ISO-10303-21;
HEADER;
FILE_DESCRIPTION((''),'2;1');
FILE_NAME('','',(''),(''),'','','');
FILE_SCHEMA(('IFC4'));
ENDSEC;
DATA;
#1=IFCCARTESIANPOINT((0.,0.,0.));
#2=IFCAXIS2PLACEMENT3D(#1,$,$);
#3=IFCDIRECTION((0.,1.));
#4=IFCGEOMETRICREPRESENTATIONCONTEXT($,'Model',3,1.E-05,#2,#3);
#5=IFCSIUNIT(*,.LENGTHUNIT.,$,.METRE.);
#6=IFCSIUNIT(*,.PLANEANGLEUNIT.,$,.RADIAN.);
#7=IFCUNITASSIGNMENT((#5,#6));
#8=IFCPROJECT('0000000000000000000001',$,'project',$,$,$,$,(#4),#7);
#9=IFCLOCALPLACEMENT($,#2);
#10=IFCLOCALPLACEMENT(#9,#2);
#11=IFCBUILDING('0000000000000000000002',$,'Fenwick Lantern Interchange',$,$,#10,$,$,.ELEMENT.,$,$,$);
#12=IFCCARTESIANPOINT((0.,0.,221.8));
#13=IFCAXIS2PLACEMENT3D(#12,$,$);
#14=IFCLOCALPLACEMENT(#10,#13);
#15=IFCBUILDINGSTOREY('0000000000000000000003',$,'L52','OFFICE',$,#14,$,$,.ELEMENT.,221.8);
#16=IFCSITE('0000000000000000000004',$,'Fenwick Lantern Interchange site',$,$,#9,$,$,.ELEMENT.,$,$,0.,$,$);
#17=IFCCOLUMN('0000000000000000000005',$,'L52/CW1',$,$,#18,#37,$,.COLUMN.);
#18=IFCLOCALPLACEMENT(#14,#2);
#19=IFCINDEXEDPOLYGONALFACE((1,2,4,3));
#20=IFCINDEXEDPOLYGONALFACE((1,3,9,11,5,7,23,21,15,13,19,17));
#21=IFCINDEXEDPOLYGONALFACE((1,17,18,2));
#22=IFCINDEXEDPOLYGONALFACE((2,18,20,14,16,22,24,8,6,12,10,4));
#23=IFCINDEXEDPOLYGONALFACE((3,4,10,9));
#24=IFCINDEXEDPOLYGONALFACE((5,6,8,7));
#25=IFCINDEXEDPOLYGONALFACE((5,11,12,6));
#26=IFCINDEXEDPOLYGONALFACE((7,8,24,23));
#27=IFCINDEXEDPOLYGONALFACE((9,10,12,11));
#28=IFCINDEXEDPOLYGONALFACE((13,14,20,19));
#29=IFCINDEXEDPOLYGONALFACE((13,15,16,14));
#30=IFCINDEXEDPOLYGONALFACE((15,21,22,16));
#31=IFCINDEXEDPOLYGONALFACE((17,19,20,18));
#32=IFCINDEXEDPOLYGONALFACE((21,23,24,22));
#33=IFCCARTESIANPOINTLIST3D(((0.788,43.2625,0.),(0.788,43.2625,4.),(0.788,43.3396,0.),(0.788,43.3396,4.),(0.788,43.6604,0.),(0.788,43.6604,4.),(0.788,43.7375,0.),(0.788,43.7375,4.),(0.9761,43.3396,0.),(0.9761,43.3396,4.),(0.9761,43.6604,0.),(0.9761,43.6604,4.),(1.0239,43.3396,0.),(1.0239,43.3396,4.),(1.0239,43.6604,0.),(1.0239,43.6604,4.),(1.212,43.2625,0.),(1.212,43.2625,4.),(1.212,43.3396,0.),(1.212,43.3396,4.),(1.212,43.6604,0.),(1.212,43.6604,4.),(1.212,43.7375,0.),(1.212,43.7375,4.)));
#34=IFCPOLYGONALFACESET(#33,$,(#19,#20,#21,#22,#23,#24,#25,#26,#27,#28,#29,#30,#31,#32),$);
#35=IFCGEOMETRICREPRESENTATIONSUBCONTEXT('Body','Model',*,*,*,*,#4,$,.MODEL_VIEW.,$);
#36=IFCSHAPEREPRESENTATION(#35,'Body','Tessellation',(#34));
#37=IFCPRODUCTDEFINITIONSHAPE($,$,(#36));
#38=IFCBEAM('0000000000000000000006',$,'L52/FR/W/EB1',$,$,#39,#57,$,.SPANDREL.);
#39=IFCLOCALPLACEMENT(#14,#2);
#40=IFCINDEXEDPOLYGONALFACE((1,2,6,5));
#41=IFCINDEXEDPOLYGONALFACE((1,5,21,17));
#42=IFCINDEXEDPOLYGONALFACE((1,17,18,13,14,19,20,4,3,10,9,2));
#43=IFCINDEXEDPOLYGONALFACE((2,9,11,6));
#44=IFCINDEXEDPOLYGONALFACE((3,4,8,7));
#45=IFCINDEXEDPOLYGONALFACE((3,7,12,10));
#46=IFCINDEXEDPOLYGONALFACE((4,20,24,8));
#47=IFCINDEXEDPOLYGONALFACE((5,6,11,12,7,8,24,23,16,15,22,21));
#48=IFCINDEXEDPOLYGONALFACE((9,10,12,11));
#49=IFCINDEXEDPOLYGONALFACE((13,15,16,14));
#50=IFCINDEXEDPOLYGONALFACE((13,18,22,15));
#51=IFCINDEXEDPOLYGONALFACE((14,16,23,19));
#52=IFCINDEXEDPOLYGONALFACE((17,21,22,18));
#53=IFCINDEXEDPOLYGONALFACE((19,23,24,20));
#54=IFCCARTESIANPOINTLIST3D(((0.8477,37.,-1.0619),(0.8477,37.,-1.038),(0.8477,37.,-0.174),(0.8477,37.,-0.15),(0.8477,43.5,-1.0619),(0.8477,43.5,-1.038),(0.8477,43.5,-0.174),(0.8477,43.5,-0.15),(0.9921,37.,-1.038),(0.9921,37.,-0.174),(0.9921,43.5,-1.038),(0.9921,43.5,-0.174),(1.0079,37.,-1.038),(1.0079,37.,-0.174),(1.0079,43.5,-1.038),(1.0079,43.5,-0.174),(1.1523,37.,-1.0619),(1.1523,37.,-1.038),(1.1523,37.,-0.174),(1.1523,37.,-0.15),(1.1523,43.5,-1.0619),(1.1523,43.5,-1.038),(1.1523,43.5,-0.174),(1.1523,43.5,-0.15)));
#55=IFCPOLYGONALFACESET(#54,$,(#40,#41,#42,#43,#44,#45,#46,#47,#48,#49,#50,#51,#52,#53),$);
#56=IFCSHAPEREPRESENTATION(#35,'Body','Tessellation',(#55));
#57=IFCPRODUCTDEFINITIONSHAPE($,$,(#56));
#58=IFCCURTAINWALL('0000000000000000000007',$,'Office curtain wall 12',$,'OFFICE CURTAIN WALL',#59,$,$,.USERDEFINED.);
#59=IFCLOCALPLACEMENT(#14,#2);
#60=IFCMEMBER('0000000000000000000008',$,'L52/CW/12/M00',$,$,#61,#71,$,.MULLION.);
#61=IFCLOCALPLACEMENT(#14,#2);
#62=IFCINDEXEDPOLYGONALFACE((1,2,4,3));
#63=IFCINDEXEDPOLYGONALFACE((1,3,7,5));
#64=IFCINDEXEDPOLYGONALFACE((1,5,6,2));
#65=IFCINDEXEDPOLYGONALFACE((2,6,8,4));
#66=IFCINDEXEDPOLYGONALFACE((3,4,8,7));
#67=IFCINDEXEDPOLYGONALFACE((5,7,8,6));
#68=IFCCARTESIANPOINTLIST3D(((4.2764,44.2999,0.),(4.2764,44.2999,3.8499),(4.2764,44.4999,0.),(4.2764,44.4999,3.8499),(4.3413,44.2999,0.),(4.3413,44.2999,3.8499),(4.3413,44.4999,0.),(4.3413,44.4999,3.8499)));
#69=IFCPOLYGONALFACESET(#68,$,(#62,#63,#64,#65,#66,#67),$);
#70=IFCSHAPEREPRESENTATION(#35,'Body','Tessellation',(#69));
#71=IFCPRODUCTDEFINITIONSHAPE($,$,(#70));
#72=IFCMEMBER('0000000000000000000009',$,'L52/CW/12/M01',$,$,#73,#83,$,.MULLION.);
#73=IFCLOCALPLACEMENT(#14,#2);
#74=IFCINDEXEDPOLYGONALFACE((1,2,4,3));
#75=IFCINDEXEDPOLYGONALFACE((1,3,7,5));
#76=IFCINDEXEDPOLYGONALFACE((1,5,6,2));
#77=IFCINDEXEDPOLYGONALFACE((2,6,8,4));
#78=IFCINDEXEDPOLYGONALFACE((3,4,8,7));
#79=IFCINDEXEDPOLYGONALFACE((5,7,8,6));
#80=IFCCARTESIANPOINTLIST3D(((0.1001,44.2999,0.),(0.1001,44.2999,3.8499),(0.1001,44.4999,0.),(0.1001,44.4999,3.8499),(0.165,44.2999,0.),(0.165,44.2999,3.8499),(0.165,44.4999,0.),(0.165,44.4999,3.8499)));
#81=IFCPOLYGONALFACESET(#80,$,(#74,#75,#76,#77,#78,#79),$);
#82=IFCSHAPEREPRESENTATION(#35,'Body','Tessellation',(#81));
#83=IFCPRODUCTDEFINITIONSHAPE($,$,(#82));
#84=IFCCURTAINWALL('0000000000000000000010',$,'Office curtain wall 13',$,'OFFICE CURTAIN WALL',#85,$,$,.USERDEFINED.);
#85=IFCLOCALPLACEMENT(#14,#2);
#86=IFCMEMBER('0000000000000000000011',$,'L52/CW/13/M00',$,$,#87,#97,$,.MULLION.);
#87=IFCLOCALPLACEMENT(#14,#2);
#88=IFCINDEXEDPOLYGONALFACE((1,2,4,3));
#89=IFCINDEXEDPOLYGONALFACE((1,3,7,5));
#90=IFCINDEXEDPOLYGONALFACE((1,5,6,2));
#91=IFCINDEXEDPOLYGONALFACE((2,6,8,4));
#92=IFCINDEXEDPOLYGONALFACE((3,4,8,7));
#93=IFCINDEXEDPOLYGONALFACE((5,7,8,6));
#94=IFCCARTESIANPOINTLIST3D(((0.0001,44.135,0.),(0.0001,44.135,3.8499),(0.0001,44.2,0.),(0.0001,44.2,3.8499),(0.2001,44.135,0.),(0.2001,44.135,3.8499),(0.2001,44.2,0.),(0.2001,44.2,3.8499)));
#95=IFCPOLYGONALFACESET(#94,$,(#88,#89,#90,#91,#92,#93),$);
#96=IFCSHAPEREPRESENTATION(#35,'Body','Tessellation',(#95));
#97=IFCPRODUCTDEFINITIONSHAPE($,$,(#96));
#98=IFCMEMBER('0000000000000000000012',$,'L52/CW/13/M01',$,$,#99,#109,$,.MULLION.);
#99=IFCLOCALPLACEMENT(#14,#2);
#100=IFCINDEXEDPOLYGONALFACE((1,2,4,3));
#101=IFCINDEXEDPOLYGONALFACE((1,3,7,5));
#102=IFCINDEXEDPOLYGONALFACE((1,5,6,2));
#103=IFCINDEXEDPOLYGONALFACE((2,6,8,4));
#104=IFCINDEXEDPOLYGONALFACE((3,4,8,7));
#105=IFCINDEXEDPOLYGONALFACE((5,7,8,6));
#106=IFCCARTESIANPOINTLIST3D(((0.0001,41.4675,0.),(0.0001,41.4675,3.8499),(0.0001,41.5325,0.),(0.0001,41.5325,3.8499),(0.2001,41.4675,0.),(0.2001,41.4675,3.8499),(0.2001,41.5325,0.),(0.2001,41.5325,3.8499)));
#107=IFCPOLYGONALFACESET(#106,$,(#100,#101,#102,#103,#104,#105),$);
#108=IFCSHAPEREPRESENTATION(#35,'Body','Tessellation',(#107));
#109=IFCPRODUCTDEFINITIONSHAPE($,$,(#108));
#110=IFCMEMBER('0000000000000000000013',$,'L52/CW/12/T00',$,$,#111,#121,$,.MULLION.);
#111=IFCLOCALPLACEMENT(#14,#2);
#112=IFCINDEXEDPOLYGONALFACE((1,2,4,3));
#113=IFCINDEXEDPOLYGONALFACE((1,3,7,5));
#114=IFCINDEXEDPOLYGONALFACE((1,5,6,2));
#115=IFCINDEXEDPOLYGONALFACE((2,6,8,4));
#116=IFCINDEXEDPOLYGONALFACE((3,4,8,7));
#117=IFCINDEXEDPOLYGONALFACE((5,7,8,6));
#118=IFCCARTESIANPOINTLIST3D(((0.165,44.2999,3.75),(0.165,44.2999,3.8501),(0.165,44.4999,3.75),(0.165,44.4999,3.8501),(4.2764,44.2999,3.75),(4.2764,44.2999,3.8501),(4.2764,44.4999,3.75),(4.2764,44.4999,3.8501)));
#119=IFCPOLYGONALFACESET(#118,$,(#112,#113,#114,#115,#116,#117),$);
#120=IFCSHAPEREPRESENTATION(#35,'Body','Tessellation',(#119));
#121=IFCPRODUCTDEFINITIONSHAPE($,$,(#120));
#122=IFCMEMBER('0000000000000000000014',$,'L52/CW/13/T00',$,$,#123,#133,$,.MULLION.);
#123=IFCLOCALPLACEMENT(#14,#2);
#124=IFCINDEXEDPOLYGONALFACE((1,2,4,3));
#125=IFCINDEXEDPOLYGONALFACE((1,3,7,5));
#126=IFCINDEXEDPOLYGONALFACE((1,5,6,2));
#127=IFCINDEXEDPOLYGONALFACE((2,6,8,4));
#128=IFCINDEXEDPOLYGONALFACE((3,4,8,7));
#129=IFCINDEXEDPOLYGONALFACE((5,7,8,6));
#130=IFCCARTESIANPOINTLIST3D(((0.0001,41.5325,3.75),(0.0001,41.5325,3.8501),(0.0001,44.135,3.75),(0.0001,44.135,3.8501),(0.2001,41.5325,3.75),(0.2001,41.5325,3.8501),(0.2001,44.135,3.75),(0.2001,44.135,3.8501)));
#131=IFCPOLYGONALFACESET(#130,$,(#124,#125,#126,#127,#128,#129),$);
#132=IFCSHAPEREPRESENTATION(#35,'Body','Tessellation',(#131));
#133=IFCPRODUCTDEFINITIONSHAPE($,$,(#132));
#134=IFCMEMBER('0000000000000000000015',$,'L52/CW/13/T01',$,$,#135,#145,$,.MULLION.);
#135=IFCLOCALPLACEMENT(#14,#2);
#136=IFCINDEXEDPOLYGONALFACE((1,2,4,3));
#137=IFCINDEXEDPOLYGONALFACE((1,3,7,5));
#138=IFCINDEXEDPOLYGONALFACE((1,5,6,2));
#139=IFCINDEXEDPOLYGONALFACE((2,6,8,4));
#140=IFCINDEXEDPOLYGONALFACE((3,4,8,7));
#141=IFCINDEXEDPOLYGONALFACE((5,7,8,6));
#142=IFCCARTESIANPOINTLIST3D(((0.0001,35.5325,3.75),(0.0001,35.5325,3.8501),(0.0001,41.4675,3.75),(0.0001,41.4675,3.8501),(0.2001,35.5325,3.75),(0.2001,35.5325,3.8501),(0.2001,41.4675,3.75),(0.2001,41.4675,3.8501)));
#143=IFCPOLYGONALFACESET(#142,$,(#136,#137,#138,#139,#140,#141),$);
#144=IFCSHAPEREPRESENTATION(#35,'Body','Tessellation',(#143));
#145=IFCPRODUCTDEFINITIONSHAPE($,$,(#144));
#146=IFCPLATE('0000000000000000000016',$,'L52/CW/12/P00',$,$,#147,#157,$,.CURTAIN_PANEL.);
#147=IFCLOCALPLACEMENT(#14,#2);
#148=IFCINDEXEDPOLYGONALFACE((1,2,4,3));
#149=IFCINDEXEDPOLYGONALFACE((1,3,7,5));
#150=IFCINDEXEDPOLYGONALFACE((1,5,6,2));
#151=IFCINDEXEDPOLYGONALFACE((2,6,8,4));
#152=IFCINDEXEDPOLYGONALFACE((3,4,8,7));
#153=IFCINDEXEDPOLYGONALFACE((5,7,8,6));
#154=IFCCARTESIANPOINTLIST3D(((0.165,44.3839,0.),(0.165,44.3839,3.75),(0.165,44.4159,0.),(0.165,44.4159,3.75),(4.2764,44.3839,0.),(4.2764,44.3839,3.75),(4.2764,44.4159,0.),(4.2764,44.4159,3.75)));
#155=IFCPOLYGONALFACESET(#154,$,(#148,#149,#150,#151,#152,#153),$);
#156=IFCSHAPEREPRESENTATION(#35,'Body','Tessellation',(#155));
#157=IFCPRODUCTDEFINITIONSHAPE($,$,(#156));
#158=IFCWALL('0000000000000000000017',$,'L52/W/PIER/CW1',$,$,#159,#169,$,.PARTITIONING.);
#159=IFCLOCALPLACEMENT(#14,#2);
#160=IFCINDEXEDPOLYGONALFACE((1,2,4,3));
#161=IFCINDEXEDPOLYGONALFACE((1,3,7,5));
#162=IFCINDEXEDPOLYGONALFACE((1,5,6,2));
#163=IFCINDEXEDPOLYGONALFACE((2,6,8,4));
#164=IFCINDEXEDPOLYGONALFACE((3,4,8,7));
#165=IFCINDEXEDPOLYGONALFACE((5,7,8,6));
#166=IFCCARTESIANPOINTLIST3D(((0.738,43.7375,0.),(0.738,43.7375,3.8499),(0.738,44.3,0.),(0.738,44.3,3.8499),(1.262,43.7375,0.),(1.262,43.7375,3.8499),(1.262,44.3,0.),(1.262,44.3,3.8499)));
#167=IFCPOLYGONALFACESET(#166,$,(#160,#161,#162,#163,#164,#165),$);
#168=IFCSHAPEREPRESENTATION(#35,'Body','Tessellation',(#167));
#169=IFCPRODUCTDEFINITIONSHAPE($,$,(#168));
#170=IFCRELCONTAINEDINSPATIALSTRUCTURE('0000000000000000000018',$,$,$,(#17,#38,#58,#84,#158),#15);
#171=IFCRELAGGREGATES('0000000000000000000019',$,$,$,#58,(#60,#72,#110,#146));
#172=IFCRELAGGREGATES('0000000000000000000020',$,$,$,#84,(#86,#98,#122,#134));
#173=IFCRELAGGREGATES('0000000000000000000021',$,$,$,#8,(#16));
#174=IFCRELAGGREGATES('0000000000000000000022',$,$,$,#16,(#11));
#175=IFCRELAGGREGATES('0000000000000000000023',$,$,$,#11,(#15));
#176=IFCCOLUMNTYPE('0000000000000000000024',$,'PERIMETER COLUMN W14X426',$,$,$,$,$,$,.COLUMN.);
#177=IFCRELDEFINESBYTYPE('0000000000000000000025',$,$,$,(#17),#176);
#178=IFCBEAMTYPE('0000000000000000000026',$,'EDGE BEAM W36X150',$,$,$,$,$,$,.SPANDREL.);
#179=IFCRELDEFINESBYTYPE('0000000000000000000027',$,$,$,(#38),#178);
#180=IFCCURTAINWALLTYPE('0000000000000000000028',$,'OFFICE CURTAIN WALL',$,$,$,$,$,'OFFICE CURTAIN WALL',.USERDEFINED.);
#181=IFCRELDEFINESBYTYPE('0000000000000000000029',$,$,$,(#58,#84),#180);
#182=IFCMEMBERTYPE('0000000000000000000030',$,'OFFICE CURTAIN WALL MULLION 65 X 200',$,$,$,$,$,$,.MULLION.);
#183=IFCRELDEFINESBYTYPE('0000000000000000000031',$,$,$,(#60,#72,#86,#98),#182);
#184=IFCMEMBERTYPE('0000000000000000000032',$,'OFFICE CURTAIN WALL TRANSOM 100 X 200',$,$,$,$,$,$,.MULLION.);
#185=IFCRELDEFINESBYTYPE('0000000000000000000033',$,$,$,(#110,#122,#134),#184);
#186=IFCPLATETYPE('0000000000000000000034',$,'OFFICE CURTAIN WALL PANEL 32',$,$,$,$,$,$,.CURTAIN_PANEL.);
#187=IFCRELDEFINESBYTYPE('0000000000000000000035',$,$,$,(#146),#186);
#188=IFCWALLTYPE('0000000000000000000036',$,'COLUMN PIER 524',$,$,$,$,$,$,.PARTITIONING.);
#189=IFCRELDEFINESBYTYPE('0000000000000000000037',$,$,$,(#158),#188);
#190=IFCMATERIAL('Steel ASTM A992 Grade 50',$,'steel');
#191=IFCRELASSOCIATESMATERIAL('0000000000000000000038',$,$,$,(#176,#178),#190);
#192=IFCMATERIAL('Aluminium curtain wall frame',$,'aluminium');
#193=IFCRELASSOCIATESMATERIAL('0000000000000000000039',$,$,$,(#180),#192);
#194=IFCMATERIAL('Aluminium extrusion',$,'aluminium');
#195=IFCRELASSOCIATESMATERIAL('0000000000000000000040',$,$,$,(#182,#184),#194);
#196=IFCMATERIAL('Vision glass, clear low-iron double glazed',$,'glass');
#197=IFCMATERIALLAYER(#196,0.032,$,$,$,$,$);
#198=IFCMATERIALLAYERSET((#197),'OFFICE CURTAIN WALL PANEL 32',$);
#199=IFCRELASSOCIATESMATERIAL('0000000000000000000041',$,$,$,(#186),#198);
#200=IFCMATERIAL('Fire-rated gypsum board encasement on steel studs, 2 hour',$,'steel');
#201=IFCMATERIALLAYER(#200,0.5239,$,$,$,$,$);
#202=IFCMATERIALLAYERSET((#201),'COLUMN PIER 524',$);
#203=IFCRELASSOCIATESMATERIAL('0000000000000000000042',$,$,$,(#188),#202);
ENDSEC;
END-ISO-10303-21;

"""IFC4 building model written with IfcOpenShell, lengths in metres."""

from ifc_helpers import new_model, si_unit, direction, frame, frame_2d, origin, origin_2d, place, context, subcontext, project, spatial, rectangle, i_section, extrude, material, layer, layer_set, material_profile, profile_set, type_object, element, aggregate, save


model = new_model("IFC4")

# Units and contexts
model_context = context("Model", 3, precision=1e-05, world=origin(), true_north=direction((0.0, 1.0)))
body_context = subcontext(model_context, "Body", "Model", "MODEL_VIEW")
ifc_project = project(units=[si_unit("LENGTHUNIT", "METRE"), si_unit("PLANEANGLEUNIT", "RADIAN")], contexts=[model_context])

# Site, building, storey
site_placement = place(None, origin())
site = spatial("IfcSite", under=ifc_project, at=site_placement, Name="Fenwick Lantern Interchange site", CompositionType="ELEMENT", RefElevation=0.0)
building_placement = place(site_placement, origin())
building = spatial("IfcBuilding", under=site, at=building_placement, Name="Fenwick Lantern Interchange", CompositionType="ELEMENT")
storey_placement = place(building_placement, frame((0.0, 0.0, 221.8)))
storey = spatial("IfcBuildingStorey", under=building, at=storey_placement, Name="L52", Description="OFFICE", CompositionType="ELEMENT", Elevation=221.8)

# Column
ifc_material_1 = material(Name="Steel ASTM A992 Grade 50", Category="steel")
ifc_material_profile_1 = material_profile(ifc_material_1, i_section(OverallWidth=0.4241, OverallDepth=0.4751, WebThickness=0.0479, FlangeThickness=0.0771, at=origin_2d()), Name="W14X426")
ifc_profile_set_1 = profile_set([ifc_material_profile_1], Name="Steel ASTM A992 Grade 50")
column_type = type_object("IfcColumnType", Name="PERIMETER COLUMN W14X426", PredefinedType="COLUMN", material=ifc_profile_set_1)
column_placement = place(storey_placement, frame((1.0, 43.5, 0.0), z_axis=(0.0, 0.0, 1.0), x_axis=(1.0, 0.0, 0.0)))
element("IfcColumn", 1, at=column_placement, inside=storey, type_object=column_type, Name="L52/CW1", PredefinedType="COLUMN", context=body_context, shape_type="SweptSolid", body=[
    extrude(i_section(OverallWidth=0.4241, OverallDepth=0.4751, WebThickness=0.0479, FlangeThickness=0.0771, at=origin_2d()), origin(), (0.0, 0.0, 1.0), 4.0),
])

# Beam
ifc_material_profile_2 = material_profile(ifc_material_1, i_section(OverallWidth=0.3047, OverallDepth=0.9119, WebThickness=0.0159, FlangeThickness=0.0239, at=origin_2d()), Name="W36X150")
ifc_profile_set_2 = profile_set([ifc_material_profile_2], Name="Steel ASTM A992 Grade 50")
beam_type = type_object("IfcBeamType", Name="EDGE BEAM W36X150", PredefinedType="SPANDREL", material=ifc_profile_set_2)
beam_placement = place(storey_placement, frame((1.0, 43.5, -0.606), z_axis=(0.0, -1.0, 0.0), x_axis=(1.0, 0.0, 0.0)))
element("IfcBeam", 2, at=beam_placement, inside=storey, type_object=beam_type, Name="L52/FR/W/EB1", PredefinedType="SPANDREL", context=body_context, shape_type="SweptSolid", body=[
    extrude(i_section(OverallWidth=0.3047, OverallDepth=0.9119, WebThickness=0.0159, FlangeThickness=0.0239, at=origin_2d()), origin(), (0.0, 0.0, 1.0), 6.5),
])

# Curtain walls, members
ifc_material_2 = material(Name="Aluminium curtain wall frame", Category="aluminium")
curtain_wall_type = type_object("IfcCurtainWallType", Name="OFFICE CURTAIN WALL", ElementType="OFFICE CURTAIN WALL", PredefinedType="USERDEFINED", material=ifc_material_2)
curtain_wall_1_placement = place(storey_placement, origin())
curtain_wall_1 = element("IfcCurtainWall", 3, at=curtain_wall_1_placement, inside=storey, type_object=curtain_wall_type, Name="Office curtain wall 12", ObjectType="OFFICE CURTAIN WALL", PredefinedType="USERDEFINED")
ifc_material_3 = material(Name="Aluminium extrusion", Category="aluminium")
ifc_material_profile_3 = material_profile(ifc_material_3, rectangle(XDim=0.2, YDim=0.0649, at=origin_2d()), Name="OFFICE CURTAIN WALL MULLION 65 X 200")
ifc_profile_set_3 = profile_set([ifc_material_profile_3], Name="Aluminium extrusion")
member_type_1 = type_object("IfcMemberType", Name="OFFICE CURTAIN WALL MULLION 65 X 200", PredefinedType="MULLION", material=ifc_profile_set_3)
member_1_placement = place(storey_placement, frame((4.3088, 44.3999, 0.0), z_axis=(0.0, 0.0, 1.0), x_axis=(0.0, -1.0, 0.0)))
member_1 = element("IfcMember", 4, at=member_1_placement, type_object=member_type_1, Name="L52/CW/12/M00", PredefinedType="MULLION", context=body_context, shape_type="SweptSolid", body=[
    extrude(rectangle(XDim=0.2, YDim=0.0649, at=origin_2d()), origin(), (0.0, 0.0, 1.0), 3.8499),
])
member_2_placement = place(storey_placement, frame((0.1326, 44.3999, 0.0), z_axis=(0.0, 0.0, 1.0), x_axis=(0.0, -1.0, 0.0)))
member_2 = element("IfcMember", 5, at=member_2_placement, type_object=member_type_1, Name="L52/CW/12/M01", PredefinedType="MULLION", context=body_context, shape_type="SweptSolid", body=[
    extrude(rectangle(XDim=0.2, YDim=0.0649, at=origin_2d()), origin(), (0.0, 0.0, 1.0), 3.8499),
])
curtain_wall_2_placement = place(storey_placement, origin())
curtain_wall_2 = element("IfcCurtainWall", 6, at=curtain_wall_2_placement, inside=storey, type_object=curtain_wall_type, Name="Office curtain wall 13", ObjectType="OFFICE CURTAIN WALL", PredefinedType="USERDEFINED")
member_3_placement = place(storey_placement, frame((0.1001, 44.1675, 0.0), z_axis=(0.0, 0.0, 1.0), x_axis=(1.0, 0.0, 0.0)))
member_3 = element("IfcMember", 7, at=member_3_placement, type_object=member_type_1, Name="L52/CW/13/M00", PredefinedType="MULLION", context=body_context, shape_type="SweptSolid", body=[
    extrude(rectangle(XDim=0.2, YDim=0.0649, at=origin_2d()), origin(), (0.0, 0.0, 1.0), 3.8499),
])
member_4_placement = place(storey_placement, frame((0.1001, 41.5, 0.0), z_axis=(0.0, 0.0, 1.0), x_axis=(1.0, 0.0, 0.0)))
member_4 = element("IfcMember", 8, at=member_4_placement, type_object=member_type_1, Name="L52/CW/13/M01", PredefinedType="MULLION", context=body_context, shape_type="SweptSolid", body=[
    extrude(rectangle(XDim=0.2, YDim=0.0649, at=origin_2d()), origin(), (0.0, 0.0, 1.0), 3.8499),
])

# Members
ifc_material_profile_4 = material_profile(ifc_material_3, rectangle(XDim=0.2, YDim=0.1001, at=origin_2d()), Name="OFFICE CURTAIN WALL TRANSOM 100 X 200")
ifc_profile_set_4 = profile_set([ifc_material_profile_4], Name="Aluminium extrusion")
member_type_2 = type_object("IfcMemberType", Name="OFFICE CURTAIN WALL TRANSOM 100 X 200", PredefinedType="MULLION", material=ifc_profile_set_4)
member_5_placement = place(storey_placement, frame((4.2764, 44.3999, 3.8), z_axis=(-1.0, 0.0, 0.0), x_axis=(0.0, -1.0, 0.0)))
member_5 = element("IfcMember", 9, at=member_5_placement, type_object=member_type_2, Name="L52/CW/12/T00", PredefinedType="MULLION", context=body_context, shape_type="SweptSolid", body=[
    extrude(rectangle(XDim=0.2, YDim=0.1001, at=origin_2d()), origin(), (0.0, 0.0, 1.0), 4.1113),
])
member_6_placement = place(storey_placement, frame((0.1001, 44.135, 3.8), z_axis=(0.0, -1.0, 0.0), x_axis=(1.0, 0.0, 0.0)))
member_6 = element("IfcMember", 10, at=member_6_placement, type_object=member_type_2, Name="L52/CW/13/T00", PredefinedType="MULLION", context=body_context, shape_type="SweptSolid", body=[
    extrude(rectangle(XDim=0.2, YDim=0.1001, at=origin_2d()), origin(), (0.0, 0.0, 1.0), 2.6025),
])
member_7_placement = place(storey_placement, frame((0.1001, 41.4675, 3.8), z_axis=(0.0, -1.0, 0.0), x_axis=(1.0, 0.0, 0.0)))
member_7 = element("IfcMember", 11, at=member_7_placement, type_object=member_type_2, Name="L52/CW/13/T01", PredefinedType="MULLION", context=body_context, shape_type="SweptSolid", body=[
    extrude(rectangle(XDim=0.2, YDim=0.1001, at=origin_2d()), origin(), (0.0, 0.0, 1.0), 5.9351),
])

# Plate
ifc_material_4 = material(Name="Vision glass, clear low-iron double glazed", Category="glass")
ifc_layer_1 = layer(ifc_material_4, 0.032)
ifc_layer_set_1 = layer_set([ifc_layer_1], Name="OFFICE CURTAIN WALL PANEL 32")
plate_type = type_object("IfcPlateType", Name="OFFICE CURTAIN WALL PANEL 32", PredefinedType="CURTAIN_PANEL", material=ifc_layer_set_1)
plate_1_placement = place(storey_placement, frame((2.2207, 44.3999, 0.0), z_axis=(0.0, 0.0, 1.0), x_axis=(-1.0, 0.0, 0.0)))
plate_1 = element("IfcPlate", 12, at=plate_1_placement, type_object=plate_type, Name="L52/CW/12/P00", PredefinedType="CURTAIN_PANEL", context=body_context, shape_type="SweptSolid", body=[
    extrude(rectangle(XDim=4.1113, YDim=0.032, at=origin_2d()), origin(), (0.0, 0.0, 1.0), 3.75),
])
aggregate(curtain_wall_1, [member_1, member_2, member_5, plate_1])
aggregate(curtain_wall_2, [member_3, member_4, member_6, member_7])

# Wall
ifc_material_5 = material(Name="Fire-rated gypsum board encasement on steel studs, 2 hour", Category="steel")
ifc_layer_2 = layer(ifc_material_5, 0.5239)
ifc_layer_set_2 = layer_set([ifc_layer_2], Name="COLUMN PIER 524")
wall_type = type_object("IfcWallType", Name="COLUMN PIER 524", PredefinedType="PARTITIONING", material=ifc_layer_set_2)
wall_placement = place(storey_placement, frame((1.0, 44.3, 0.0), z_axis=(0.0, 0.0, 1.0), x_axis=(0.0, -1.0, 0.0)))
element("IfcWall", 13, at=wall_placement, inside=storey, type_object=wall_type, Name="L52/W/PIER/CW1", PredefinedType="PARTITIONING", context=body_context, shape_type="SweptSolid", body=[
    extrude(rectangle(XDim=0.5625, YDim=0.5239, at=frame_2d((0.2812, 0.0))), origin(), (0.0, 0.0, 1.0), 3.8499),
])

save(model, "model.ifc")
